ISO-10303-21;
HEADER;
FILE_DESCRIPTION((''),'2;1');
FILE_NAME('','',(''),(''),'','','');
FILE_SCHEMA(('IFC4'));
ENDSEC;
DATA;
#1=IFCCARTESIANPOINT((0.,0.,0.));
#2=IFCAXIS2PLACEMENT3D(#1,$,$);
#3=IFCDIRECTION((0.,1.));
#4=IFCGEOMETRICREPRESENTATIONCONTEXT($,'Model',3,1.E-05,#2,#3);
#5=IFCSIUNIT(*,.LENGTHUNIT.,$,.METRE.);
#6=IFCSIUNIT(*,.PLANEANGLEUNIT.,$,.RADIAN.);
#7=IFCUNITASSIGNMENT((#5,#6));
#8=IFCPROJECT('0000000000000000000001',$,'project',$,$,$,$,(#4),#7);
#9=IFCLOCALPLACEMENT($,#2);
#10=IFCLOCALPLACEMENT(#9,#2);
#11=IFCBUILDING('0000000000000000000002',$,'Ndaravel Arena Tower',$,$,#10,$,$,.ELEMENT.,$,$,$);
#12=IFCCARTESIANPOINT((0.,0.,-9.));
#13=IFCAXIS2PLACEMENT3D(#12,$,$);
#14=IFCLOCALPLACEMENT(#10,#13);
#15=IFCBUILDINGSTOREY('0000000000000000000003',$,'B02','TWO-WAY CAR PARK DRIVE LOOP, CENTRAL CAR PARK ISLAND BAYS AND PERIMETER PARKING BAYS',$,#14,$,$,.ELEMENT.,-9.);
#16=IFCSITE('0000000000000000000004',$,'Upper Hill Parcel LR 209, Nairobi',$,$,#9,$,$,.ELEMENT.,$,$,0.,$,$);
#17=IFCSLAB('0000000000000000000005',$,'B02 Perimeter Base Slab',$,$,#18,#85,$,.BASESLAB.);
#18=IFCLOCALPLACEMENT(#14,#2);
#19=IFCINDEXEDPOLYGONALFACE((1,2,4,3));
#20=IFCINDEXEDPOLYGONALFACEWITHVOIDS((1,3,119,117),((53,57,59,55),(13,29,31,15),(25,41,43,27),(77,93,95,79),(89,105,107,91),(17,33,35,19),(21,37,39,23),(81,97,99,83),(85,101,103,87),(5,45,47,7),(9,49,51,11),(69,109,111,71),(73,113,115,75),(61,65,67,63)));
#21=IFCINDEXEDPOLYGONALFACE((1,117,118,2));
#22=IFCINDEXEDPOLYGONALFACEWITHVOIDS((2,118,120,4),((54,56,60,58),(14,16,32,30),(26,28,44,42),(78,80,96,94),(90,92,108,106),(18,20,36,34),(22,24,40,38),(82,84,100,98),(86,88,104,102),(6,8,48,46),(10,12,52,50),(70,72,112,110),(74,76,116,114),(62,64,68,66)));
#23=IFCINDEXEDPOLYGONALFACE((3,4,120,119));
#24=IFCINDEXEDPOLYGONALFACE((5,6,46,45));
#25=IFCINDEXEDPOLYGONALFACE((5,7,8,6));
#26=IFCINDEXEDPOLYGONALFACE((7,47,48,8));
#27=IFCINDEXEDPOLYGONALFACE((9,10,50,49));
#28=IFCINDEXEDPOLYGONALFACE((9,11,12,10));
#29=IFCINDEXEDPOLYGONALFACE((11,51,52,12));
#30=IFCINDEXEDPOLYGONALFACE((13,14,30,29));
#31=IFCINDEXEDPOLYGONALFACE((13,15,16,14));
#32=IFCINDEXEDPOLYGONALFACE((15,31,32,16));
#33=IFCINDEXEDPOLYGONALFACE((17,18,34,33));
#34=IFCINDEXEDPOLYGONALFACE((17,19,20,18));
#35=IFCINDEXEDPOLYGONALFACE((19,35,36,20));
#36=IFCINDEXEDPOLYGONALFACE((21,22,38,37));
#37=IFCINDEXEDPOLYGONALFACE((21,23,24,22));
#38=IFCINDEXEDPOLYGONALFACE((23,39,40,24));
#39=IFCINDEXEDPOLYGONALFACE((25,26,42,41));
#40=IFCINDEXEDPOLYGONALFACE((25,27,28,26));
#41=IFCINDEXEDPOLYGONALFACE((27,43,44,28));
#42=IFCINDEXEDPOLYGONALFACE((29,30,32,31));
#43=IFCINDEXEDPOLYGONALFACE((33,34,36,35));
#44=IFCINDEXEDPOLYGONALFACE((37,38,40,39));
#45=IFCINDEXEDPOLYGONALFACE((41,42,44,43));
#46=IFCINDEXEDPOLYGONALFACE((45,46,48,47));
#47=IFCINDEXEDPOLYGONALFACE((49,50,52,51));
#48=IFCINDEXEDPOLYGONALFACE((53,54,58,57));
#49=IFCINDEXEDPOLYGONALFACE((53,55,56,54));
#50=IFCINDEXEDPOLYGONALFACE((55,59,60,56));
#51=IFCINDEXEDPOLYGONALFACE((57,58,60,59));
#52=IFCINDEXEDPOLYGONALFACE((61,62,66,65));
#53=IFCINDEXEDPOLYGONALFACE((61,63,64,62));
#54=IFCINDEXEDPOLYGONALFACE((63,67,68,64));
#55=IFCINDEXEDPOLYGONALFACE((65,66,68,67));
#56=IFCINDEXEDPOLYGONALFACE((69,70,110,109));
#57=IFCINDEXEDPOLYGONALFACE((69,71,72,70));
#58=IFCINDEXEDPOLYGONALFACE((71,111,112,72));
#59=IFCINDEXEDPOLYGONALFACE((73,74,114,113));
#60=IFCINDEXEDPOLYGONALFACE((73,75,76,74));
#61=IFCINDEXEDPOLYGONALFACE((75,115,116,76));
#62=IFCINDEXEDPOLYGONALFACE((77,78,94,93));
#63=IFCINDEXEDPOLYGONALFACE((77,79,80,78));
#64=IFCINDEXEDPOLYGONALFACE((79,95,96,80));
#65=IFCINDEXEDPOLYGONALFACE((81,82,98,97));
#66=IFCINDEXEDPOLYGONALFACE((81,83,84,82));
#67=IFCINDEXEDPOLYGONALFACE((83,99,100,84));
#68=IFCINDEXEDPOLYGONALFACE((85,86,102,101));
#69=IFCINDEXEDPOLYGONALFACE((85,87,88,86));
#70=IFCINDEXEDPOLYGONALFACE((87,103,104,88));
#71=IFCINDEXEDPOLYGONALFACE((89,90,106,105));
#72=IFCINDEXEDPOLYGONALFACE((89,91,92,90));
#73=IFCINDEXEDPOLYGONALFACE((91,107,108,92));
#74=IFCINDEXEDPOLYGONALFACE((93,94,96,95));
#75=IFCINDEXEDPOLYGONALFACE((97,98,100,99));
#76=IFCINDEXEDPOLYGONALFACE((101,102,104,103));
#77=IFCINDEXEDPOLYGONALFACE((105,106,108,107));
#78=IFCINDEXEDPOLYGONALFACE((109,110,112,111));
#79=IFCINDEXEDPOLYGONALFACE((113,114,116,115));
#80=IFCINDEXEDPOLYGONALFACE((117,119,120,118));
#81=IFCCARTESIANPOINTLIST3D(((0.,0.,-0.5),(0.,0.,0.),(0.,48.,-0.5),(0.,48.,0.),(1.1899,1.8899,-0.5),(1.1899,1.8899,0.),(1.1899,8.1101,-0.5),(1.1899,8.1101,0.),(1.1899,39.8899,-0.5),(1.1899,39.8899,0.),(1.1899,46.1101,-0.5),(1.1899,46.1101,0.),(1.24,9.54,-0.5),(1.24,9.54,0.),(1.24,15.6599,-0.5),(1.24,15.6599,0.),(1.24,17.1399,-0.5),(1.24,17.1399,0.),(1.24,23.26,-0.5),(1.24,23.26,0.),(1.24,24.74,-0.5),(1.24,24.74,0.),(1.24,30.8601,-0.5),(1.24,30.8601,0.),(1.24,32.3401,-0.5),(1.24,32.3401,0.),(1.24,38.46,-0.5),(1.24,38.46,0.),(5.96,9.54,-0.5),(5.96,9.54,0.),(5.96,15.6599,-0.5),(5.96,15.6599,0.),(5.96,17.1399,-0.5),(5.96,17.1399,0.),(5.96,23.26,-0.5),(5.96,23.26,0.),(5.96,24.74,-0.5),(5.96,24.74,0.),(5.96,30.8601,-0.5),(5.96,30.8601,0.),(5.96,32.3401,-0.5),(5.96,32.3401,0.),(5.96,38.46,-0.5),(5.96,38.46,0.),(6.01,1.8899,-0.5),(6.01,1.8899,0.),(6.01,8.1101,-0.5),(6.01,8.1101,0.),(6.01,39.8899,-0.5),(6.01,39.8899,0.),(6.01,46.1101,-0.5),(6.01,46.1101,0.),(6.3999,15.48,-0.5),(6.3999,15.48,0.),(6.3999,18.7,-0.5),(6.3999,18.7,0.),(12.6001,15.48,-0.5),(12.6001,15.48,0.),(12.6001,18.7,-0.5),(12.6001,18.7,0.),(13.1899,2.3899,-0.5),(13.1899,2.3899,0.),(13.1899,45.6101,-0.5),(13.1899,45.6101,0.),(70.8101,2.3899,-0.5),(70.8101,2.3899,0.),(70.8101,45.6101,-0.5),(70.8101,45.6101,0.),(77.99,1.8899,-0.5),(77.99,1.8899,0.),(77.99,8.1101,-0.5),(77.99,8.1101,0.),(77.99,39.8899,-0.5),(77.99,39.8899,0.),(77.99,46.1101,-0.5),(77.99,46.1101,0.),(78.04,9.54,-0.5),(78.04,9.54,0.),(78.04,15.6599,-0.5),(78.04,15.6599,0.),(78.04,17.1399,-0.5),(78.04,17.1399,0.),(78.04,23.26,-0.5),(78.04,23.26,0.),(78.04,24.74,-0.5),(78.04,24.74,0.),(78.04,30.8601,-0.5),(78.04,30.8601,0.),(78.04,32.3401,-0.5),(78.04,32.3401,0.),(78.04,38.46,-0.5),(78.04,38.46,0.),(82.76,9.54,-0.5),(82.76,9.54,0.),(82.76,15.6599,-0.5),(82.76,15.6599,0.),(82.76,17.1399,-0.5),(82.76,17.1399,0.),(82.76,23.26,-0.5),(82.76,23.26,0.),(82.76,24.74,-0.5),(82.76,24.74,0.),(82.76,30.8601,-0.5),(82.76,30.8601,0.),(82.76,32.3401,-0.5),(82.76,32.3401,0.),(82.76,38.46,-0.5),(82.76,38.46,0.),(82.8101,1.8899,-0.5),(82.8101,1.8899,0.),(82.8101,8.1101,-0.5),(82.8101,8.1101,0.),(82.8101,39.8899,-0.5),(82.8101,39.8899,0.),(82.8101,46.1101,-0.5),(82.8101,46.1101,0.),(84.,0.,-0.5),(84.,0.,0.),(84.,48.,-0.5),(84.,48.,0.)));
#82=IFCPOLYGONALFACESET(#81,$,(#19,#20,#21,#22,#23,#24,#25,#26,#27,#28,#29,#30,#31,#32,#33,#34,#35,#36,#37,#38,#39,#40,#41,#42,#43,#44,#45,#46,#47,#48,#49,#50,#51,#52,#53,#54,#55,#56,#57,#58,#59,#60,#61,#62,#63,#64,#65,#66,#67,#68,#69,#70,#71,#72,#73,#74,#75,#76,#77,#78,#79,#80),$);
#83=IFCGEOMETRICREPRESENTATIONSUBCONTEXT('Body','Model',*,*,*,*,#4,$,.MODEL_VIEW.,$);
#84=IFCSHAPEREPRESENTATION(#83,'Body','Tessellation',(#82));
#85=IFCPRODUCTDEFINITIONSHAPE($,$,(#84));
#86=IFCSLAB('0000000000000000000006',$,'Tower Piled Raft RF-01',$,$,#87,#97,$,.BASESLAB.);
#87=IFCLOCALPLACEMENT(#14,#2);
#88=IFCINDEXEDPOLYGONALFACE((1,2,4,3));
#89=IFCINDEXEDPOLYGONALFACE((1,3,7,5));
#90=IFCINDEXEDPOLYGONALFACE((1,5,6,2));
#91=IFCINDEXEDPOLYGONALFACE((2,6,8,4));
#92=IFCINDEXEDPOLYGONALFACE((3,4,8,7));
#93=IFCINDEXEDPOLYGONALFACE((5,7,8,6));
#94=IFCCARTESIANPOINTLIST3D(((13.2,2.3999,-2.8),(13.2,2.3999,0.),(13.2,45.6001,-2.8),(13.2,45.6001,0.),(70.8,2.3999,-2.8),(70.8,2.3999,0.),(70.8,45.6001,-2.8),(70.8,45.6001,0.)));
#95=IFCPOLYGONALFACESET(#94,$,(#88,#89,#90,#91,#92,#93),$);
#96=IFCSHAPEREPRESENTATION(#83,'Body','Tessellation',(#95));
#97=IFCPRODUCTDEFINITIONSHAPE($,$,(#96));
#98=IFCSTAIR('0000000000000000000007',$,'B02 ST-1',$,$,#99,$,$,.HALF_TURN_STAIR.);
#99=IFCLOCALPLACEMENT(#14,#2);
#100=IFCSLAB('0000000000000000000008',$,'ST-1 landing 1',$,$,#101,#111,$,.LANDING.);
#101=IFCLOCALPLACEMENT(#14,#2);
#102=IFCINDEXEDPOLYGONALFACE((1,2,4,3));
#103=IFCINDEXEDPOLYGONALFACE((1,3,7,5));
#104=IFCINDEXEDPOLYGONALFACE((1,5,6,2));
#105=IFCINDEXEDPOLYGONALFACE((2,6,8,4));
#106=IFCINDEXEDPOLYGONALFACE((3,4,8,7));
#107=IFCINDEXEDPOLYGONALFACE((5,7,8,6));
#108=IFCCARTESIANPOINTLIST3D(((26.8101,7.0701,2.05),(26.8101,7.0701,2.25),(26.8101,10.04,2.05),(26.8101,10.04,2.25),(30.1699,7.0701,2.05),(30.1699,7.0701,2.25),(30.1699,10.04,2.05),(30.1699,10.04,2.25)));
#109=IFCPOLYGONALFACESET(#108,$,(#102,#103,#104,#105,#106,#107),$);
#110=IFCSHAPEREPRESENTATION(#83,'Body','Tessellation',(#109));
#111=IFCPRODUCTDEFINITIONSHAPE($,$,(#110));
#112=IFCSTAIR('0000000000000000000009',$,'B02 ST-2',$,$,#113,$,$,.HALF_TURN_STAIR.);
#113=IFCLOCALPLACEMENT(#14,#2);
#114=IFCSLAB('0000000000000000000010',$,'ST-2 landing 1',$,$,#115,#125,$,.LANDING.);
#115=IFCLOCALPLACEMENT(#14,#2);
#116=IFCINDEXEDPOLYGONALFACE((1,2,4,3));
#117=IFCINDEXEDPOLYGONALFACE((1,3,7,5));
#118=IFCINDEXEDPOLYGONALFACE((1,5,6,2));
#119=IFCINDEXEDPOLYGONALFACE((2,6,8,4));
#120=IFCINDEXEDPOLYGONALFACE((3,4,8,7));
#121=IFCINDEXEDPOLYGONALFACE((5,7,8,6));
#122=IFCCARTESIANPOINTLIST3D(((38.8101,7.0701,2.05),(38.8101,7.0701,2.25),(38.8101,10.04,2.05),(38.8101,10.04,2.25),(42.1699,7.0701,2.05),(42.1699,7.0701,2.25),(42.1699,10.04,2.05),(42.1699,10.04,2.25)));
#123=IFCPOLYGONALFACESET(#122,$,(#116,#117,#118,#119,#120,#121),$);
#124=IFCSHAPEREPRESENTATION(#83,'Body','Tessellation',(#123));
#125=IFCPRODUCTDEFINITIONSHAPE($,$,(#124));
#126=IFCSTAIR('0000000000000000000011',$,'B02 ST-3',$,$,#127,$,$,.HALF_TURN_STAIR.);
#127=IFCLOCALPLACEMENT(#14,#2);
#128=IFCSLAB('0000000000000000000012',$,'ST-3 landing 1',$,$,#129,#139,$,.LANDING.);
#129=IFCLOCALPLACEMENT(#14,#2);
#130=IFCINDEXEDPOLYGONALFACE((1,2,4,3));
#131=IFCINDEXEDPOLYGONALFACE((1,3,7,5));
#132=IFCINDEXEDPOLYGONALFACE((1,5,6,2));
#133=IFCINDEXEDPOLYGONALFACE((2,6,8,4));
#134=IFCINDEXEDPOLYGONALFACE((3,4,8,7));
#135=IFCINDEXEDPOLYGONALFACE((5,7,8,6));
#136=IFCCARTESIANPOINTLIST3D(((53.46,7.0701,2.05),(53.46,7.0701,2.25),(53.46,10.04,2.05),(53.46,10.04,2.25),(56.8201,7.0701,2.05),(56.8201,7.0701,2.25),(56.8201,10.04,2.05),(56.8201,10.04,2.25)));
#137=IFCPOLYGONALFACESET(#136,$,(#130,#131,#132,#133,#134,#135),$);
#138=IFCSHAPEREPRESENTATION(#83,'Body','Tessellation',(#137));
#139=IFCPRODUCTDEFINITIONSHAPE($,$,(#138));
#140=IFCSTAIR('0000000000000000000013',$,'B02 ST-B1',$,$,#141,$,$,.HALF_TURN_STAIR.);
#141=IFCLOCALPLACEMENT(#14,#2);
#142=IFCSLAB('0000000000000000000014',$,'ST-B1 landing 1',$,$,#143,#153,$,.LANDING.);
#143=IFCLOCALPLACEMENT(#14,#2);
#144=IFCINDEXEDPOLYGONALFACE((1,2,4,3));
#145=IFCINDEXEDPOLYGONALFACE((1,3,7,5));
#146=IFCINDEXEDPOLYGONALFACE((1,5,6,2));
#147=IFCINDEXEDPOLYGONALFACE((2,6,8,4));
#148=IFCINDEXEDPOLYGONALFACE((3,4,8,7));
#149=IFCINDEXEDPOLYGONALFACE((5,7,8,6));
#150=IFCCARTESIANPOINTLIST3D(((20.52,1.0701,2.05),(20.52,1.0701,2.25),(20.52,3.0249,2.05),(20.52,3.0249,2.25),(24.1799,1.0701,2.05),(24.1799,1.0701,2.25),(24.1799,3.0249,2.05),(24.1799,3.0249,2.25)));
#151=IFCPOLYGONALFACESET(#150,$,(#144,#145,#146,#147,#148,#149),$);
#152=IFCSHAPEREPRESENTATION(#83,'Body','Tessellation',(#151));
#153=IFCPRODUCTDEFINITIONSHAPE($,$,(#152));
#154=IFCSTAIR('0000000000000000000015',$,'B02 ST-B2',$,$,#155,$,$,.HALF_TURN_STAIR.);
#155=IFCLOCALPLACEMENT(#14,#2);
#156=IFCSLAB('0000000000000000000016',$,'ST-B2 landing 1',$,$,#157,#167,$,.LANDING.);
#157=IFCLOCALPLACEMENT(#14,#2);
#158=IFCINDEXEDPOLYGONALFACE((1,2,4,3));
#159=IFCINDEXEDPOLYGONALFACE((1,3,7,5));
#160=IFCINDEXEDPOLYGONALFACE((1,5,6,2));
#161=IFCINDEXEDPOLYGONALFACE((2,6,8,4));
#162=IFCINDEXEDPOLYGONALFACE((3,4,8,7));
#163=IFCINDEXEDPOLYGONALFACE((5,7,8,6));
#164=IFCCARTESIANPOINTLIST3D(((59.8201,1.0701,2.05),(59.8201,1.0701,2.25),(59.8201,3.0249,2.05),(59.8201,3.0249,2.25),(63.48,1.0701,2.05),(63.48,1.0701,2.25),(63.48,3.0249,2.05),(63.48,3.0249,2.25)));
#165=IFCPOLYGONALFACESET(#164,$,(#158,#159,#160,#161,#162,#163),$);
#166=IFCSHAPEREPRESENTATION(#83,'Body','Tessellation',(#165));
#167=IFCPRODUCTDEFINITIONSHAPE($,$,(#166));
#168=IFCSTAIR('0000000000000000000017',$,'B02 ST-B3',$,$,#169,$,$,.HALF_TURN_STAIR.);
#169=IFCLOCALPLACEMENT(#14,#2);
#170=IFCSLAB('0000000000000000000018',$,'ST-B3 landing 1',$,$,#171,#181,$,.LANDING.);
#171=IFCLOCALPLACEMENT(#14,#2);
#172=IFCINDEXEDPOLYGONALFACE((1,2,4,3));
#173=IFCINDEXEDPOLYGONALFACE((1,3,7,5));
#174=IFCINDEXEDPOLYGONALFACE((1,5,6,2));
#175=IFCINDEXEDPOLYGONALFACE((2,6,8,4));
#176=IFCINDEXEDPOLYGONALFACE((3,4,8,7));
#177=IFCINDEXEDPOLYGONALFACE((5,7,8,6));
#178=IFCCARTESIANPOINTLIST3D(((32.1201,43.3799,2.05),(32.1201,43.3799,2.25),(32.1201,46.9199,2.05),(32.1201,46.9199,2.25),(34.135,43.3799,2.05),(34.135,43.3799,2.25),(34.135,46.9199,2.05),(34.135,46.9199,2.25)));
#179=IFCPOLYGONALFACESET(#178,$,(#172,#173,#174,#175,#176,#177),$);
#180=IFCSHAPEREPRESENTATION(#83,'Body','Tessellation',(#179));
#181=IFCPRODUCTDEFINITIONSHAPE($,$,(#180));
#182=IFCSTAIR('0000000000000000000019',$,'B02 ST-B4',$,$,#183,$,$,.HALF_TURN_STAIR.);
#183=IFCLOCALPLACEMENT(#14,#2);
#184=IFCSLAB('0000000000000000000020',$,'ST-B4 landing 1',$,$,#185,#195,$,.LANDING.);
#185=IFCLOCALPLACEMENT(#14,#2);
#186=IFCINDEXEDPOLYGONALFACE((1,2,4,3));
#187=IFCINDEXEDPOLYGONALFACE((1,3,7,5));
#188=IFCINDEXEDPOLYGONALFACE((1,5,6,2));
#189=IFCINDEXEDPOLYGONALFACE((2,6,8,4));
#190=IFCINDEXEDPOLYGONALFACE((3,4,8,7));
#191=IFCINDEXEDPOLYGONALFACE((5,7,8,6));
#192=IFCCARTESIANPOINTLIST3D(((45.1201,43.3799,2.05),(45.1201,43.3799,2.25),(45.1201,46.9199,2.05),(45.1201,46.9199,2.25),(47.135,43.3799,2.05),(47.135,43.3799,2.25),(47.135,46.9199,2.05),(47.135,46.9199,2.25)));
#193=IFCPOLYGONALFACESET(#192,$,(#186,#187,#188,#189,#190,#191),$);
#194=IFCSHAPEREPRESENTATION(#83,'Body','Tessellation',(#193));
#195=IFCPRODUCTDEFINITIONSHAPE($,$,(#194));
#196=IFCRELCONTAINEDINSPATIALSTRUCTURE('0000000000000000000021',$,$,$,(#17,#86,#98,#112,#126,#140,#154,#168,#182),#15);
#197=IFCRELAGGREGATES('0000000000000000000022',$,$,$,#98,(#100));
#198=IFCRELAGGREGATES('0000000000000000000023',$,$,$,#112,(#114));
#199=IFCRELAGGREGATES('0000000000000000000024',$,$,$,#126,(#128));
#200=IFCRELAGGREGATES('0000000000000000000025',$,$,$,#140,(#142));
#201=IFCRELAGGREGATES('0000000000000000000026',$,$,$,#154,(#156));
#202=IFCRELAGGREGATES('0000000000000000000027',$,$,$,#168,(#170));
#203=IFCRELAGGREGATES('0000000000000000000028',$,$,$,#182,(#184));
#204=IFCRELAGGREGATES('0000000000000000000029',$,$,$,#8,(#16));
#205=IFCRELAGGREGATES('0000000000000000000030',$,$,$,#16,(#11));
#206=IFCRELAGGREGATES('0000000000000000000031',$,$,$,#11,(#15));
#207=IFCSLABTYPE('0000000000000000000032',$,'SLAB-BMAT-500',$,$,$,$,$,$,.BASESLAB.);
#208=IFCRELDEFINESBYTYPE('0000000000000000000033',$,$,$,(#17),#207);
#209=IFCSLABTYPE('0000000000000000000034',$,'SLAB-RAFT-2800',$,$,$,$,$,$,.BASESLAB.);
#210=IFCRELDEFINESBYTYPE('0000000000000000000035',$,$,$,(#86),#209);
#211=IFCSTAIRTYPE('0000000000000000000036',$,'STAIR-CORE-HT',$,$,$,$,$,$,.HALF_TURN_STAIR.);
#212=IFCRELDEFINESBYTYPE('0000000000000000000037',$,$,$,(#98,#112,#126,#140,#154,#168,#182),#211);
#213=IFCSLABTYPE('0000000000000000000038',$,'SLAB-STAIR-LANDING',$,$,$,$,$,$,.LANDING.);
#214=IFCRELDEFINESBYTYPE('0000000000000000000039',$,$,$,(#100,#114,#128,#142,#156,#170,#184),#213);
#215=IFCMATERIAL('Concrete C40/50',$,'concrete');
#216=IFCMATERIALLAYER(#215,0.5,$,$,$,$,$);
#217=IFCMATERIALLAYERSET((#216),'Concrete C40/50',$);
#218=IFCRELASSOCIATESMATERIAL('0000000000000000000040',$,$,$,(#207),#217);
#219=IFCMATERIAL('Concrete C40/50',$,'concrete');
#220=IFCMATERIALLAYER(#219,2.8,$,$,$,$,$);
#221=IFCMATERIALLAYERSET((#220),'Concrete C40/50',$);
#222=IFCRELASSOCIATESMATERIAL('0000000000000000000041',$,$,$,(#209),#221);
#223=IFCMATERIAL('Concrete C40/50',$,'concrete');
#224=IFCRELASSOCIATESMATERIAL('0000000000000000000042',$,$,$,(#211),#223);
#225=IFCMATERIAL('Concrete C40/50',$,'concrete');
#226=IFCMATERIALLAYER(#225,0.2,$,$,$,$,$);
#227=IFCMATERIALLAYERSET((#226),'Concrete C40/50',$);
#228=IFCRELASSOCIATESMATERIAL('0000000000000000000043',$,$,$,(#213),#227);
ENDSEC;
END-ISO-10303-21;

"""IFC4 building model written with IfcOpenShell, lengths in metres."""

from ifc_helpers import new_model, si_unit, direction, frame, origin, place, context, subcontext, project, spatial, polyline, outline, extrude, material, layer, layer_set, type_object, element, aggregate, save


model = new_model("IFC4")

# Units and contexts
model_context = context("Model", 3, precision=1e-05, world=origin(), true_north=direction((0.0, 1.0)))
body_context = subcontext(model_context, "Body", "Model", "MODEL_VIEW")
ifc_project = project(units=[si_unit("LENGTHUNIT", "METRE"), si_unit("PLANEANGLEUNIT", "RADIAN")], contexts=[model_context])

# Site, building, storey
site_placement = place(None, origin())
site = spatial("IfcSite", under=ifc_project, at=site_placement, Name="Upper Hill Parcel LR 209, Nairobi", CompositionType="ELEMENT", RefElevation=0.0)
building_placement = place(site_placement, origin())
building = spatial("IfcBuilding", under=site, at=building_placement, Name="Ndaravel Arena Tower", CompositionType="ELEMENT")
storey_placement = place(building_placement, frame((0.0, 0.0, -9.0)))
storey = spatial("IfcBuildingStorey", under=building, at=storey_placement, Name="B02", Description="TWO-WAY CAR PARK DRIVE LOOP, CENTRAL CAR PARK ISLAND BAYS AND PERIMETER PARKING BAYS", CompositionType="ELEMENT", Elevation=-9.0)

# Slabs
ifc_material_1 = material(Name="Concrete C40/50", Category="concrete")
ifc_layer_1 = layer(ifc_material_1, 0.5)
ifc_layer_set_1 = layer_set([ifc_layer_1], Name="Concrete C40/50")
slab_type_1 = type_object("IfcSlabType", Name="SLAB-BMAT-500", PredefinedType="BASESLAB", material=ifc_layer_set_1)
slab_1_placement = place(storey_placement, frame((0.0, 0.0, -0.5)))
element("IfcSlab", 1, at=slab_1_placement, inside=storey, type_object=slab_type_1, Name="B02 Perimeter Base Slab", PredefinedType="BASESLAB", context=body_context, shape_type="SweptSolid", body=[
    extrude(outline(polyline([(0.0, 0.0), (84.0, 0.0), (84.0, 48.0), (0.0, 48.0), (0.0, 0.0)]), holes=[polyline([(13.1899, 2.3899), (70.8101, 2.3899), (70.8101, 45.6101), (13.1899, 45.6101), (13.1899, 2.3899)]), polyline([(6.3999, 15.48), (12.6001, 15.48), (12.6001, 18.7), (6.3999, 18.7), (6.3999, 15.48)]), polyline([(1.1899, 1.8899), (6.01, 1.8899), (6.01, 8.1101), (1.1899, 8.1101), (1.1899, 1.8899)]), polyline([(1.24, 9.54), (5.96, 9.54), (5.96, 15.6599), (1.24, 15.6599), (1.24, 9.54)]), polyline([(1.24, 17.1399), (5.96, 17.1399), (5.96, 23.26), (1.24, 23.26), (1.24, 17.1399)]), polyline([(1.24, 24.74), (5.96, 24.74), (5.96, 30.8601), (1.24, 30.8601), (1.24, 24.74)]), polyline([(1.24, 32.3401), (5.96, 32.3401), (5.96, 38.46), (1.24, 38.46), (1.24, 32.3401)]), polyline([(1.1899, 39.8899), (6.01, 39.8899), (6.01, 46.1101), (1.1899, 46.1101), (1.1899, 39.8899)]), polyline([(77.99, 1.8899), (82.8101, 1.8899), (82.8101, 8.1101), (77.99, 8.1101), (77.99, 1.8899)]), polyline([(78.04, 9.54), (82.76, 9.54), (82.76, 15.6599), (78.04, 15.6599), (78.04, 9.54)]), polyline([(78.04, 17.1399), (82.76, 17.1399), (82.76, 23.26), (78.04, 23.26), (78.04, 17.1399)]), polyline([(78.04, 24.74), (82.76, 24.74), (82.76, 30.8601), (78.04, 30.8601), (78.04, 24.74)]), polyline([(78.04, 32.3401), (82.76, 32.3401), (82.76, 38.46), (78.04, 38.46), (78.04, 32.3401)]), polyline([(77.99, 39.8899), (82.8101, 39.8899), (82.8101, 46.1101), (77.99, 46.1101), (77.99, 39.8899)])]), origin(), (0.0, 0.0, 1.0), 0.5),
])
ifc_material_2 = material(Name="Concrete C40/50", Category="concrete")
ifc_layer_2 = layer(ifc_material_2, 2.8)
ifc_layer_set_2 = layer_set([ifc_layer_2], Name="Concrete C40/50")
slab_type_2 = type_object("IfcSlabType", Name="SLAB-RAFT-2800", PredefinedType="BASESLAB", material=ifc_layer_set_2)
slab_2_placement = place(storey_placement, frame((0.0, 0.0, -2.8)))
element("IfcSlab", 2, at=slab_2_placement, inside=storey, type_object=slab_type_2, Name="Tower Piled Raft RF-01", PredefinedType="BASESLAB", context=body_context, shape_type="SweptSolid", body=[
    extrude(outline(polyline([(13.2, 2.3999), (70.8, 2.3999), (70.8, 45.6001), (13.2, 45.6001), (13.2, 2.3999)])), origin(), (0.0, 0.0, 1.0), 2.8),
])

# Stairs, slabs
ifc_material_3 = material(Name="Concrete C40/50", Category="concrete")
stair_type = type_object("IfcStairType", Name="STAIR-CORE-HT", PredefinedType="HALF_TURN_STAIR", material=ifc_material_3)
stair_1_placement = place(storey_placement, origin())
stair_1 = element("IfcStair", 3, at=stair_1_placement, inside=storey, type_object=stair_type, Name="B02 ST-1", PredefinedType="HALF_TURN_STAIR")
ifc_material_4 = material(Name="Concrete C40/50", Category="concrete")
ifc_layer_3 = layer(ifc_material_4, 0.2)
ifc_layer_set_3 = layer_set([ifc_layer_3], Name="Concrete C40/50")
slab_type_3 = type_object("IfcSlabType", Name="SLAB-STAIR-LANDING", PredefinedType="LANDING", material=ifc_layer_set_3)
slab_3_placement = place(storey_placement, frame((0.0, 0.0, 2.05)))
slab_3 = element("IfcSlab", 4, at=slab_3_placement, type_object=slab_type_3, Name="ST-1 landing 1", PredefinedType="LANDING", context=body_context, shape_type="SweptSolid", body=[
    extrude(outline(polyline([(26.8101, 10.04), (26.8101, 7.0701), (30.1699, 7.0701), (30.1699, 10.04), (26.8101, 10.04)])), origin(), (0.0, 0.0, 1.0), 0.2),
])
aggregate(stair_1, [slab_3])
stair_2_placement = place(storey_placement, origin())
stair_2 = element("IfcStair", 5, at=stair_2_placement, inside=storey, type_object=stair_type, Name="B02 ST-2", PredefinedType="HALF_TURN_STAIR")
slab_4_placement = place(storey_placement, frame((0.0, 0.0, 2.05)))
slab_4 = element("IfcSlab", 6, at=slab_4_placement, type_object=slab_type_3, Name="ST-2 landing 1", PredefinedType="LANDING", context=body_context, shape_type="SweptSolid", body=[
    extrude(outline(polyline([(38.8101, 10.04), (38.8101, 7.0701), (42.1699, 7.0701), (42.1699, 10.04), (38.8101, 10.04)])), origin(), (0.0, 0.0, 1.0), 0.2),
])
aggregate(stair_2, [slab_4])
stair_3_placement = place(storey_placement, origin())
stair_3 = element("IfcStair", 7, at=stair_3_placement, inside=storey, type_object=stair_type, Name="B02 ST-3", PredefinedType="HALF_TURN_STAIR")
slab_5_placement = place(storey_placement, frame((0.0, 0.0, 2.05)))
slab_5 = element("IfcSlab", 8, at=slab_5_placement, type_object=slab_type_3, Name="ST-3 landing 1", PredefinedType="LANDING", context=body_context, shape_type="SweptSolid", body=[
    extrude(outline(polyline([(53.46, 10.04), (53.46, 7.0701), (56.8201, 7.0701), (56.8201, 10.04), (53.46, 10.04)])), origin(), (0.0, 0.0, 1.0), 0.2),
])
aggregate(stair_3, [slab_5])
stair_4_placement = place(storey_placement, origin())
stair_4 = element("IfcStair", 9, at=stair_4_placement, inside=storey, type_object=stair_type, Name="B02 ST-B1", PredefinedType="HALF_TURN_STAIR")
slab_6_placement = place(storey_placement, frame((0.0, 0.0, 2.05)))
slab_6 = element("IfcSlab", 10, at=slab_6_placement, type_object=slab_type_3, Name="ST-B1 landing 1", PredefinedType="LANDING", context=body_context, shape_type="SweptSolid", body=[
    extrude(outline(polyline([(20.52, 3.0249), (20.52, 1.0701), (24.1799, 1.0701), (24.1799, 3.0249), (20.52, 3.0249)])), origin(), (0.0, 0.0, 1.0), 0.2),
])
aggregate(stair_4, [slab_6])
stair_5_placement = place(storey_placement, origin())
stair_5 = element("IfcStair", 11, at=stair_5_placement, inside=storey, type_object=stair_type, Name="B02 ST-B2", PredefinedType="HALF_TURN_STAIR")
slab_7_placement = place(storey_placement, frame((0.0, 0.0, 2.05)))
slab_7 = element("IfcSlab", 12, at=slab_7_placement, type_object=slab_type_3, Name="ST-B2 landing 1", PredefinedType="LANDING", context=body_context, shape_type="SweptSolid", body=[
    extrude(outline(polyline([(59.8201, 3.0249), (59.8201, 1.0701), (63.48, 1.0701), (63.48, 3.0249), (59.8201, 3.0249)])), origin(), (0.0, 0.0, 1.0), 0.2),
])
aggregate(stair_5, [slab_7])
stair_6_placement = place(storey_placement, origin())
stair_6 = element("IfcStair", 13, at=stair_6_placement, inside=storey, type_object=stair_type, Name="B02 ST-B3", PredefinedType="HALF_TURN_STAIR")
slab_8_placement = place(storey_placement, frame((0.0, 0.0, 2.05)))
slab_8 = element("IfcSlab", 14, at=slab_8_placement, type_object=slab_type_3, Name="ST-B3 landing 1", PredefinedType="LANDING", context=body_context, shape_type="SweptSolid", body=[
    extrude(outline(polyline([(34.135, 46.9199), (32.1201, 46.9199), (32.1201, 43.3799), (34.135, 43.3799), (34.135, 46.9199)])), origin(), (0.0, 0.0, 1.0), 0.2),
])
aggregate(stair_6, [slab_8])
stair_7_placement = place(storey_placement, origin())
stair_7 = element("IfcStair", 15, at=stair_7_placement, inside=storey, type_object=stair_type, Name="B02 ST-B4", PredefinedType="HALF_TURN_STAIR")
slab_9_placement = place(storey_placement, frame((0.0, 0.0, 2.05)))
slab_9 = element("IfcSlab", 16, at=slab_9_placement, type_object=slab_type_3, Name="ST-B4 landing 1", PredefinedType="LANDING", context=body_context, shape_type="SweptSolid", body=[
    extrude(outline(polyline([(47.135, 46.9199), (45.1201, 46.9199), (45.1201, 43.3799), (47.135, 43.3799), (47.135, 46.9199)])), origin(), (0.0, 0.0, 1.0), 0.2),
])
aggregate(stair_7, [slab_9])

save(model, "model.ifc")
